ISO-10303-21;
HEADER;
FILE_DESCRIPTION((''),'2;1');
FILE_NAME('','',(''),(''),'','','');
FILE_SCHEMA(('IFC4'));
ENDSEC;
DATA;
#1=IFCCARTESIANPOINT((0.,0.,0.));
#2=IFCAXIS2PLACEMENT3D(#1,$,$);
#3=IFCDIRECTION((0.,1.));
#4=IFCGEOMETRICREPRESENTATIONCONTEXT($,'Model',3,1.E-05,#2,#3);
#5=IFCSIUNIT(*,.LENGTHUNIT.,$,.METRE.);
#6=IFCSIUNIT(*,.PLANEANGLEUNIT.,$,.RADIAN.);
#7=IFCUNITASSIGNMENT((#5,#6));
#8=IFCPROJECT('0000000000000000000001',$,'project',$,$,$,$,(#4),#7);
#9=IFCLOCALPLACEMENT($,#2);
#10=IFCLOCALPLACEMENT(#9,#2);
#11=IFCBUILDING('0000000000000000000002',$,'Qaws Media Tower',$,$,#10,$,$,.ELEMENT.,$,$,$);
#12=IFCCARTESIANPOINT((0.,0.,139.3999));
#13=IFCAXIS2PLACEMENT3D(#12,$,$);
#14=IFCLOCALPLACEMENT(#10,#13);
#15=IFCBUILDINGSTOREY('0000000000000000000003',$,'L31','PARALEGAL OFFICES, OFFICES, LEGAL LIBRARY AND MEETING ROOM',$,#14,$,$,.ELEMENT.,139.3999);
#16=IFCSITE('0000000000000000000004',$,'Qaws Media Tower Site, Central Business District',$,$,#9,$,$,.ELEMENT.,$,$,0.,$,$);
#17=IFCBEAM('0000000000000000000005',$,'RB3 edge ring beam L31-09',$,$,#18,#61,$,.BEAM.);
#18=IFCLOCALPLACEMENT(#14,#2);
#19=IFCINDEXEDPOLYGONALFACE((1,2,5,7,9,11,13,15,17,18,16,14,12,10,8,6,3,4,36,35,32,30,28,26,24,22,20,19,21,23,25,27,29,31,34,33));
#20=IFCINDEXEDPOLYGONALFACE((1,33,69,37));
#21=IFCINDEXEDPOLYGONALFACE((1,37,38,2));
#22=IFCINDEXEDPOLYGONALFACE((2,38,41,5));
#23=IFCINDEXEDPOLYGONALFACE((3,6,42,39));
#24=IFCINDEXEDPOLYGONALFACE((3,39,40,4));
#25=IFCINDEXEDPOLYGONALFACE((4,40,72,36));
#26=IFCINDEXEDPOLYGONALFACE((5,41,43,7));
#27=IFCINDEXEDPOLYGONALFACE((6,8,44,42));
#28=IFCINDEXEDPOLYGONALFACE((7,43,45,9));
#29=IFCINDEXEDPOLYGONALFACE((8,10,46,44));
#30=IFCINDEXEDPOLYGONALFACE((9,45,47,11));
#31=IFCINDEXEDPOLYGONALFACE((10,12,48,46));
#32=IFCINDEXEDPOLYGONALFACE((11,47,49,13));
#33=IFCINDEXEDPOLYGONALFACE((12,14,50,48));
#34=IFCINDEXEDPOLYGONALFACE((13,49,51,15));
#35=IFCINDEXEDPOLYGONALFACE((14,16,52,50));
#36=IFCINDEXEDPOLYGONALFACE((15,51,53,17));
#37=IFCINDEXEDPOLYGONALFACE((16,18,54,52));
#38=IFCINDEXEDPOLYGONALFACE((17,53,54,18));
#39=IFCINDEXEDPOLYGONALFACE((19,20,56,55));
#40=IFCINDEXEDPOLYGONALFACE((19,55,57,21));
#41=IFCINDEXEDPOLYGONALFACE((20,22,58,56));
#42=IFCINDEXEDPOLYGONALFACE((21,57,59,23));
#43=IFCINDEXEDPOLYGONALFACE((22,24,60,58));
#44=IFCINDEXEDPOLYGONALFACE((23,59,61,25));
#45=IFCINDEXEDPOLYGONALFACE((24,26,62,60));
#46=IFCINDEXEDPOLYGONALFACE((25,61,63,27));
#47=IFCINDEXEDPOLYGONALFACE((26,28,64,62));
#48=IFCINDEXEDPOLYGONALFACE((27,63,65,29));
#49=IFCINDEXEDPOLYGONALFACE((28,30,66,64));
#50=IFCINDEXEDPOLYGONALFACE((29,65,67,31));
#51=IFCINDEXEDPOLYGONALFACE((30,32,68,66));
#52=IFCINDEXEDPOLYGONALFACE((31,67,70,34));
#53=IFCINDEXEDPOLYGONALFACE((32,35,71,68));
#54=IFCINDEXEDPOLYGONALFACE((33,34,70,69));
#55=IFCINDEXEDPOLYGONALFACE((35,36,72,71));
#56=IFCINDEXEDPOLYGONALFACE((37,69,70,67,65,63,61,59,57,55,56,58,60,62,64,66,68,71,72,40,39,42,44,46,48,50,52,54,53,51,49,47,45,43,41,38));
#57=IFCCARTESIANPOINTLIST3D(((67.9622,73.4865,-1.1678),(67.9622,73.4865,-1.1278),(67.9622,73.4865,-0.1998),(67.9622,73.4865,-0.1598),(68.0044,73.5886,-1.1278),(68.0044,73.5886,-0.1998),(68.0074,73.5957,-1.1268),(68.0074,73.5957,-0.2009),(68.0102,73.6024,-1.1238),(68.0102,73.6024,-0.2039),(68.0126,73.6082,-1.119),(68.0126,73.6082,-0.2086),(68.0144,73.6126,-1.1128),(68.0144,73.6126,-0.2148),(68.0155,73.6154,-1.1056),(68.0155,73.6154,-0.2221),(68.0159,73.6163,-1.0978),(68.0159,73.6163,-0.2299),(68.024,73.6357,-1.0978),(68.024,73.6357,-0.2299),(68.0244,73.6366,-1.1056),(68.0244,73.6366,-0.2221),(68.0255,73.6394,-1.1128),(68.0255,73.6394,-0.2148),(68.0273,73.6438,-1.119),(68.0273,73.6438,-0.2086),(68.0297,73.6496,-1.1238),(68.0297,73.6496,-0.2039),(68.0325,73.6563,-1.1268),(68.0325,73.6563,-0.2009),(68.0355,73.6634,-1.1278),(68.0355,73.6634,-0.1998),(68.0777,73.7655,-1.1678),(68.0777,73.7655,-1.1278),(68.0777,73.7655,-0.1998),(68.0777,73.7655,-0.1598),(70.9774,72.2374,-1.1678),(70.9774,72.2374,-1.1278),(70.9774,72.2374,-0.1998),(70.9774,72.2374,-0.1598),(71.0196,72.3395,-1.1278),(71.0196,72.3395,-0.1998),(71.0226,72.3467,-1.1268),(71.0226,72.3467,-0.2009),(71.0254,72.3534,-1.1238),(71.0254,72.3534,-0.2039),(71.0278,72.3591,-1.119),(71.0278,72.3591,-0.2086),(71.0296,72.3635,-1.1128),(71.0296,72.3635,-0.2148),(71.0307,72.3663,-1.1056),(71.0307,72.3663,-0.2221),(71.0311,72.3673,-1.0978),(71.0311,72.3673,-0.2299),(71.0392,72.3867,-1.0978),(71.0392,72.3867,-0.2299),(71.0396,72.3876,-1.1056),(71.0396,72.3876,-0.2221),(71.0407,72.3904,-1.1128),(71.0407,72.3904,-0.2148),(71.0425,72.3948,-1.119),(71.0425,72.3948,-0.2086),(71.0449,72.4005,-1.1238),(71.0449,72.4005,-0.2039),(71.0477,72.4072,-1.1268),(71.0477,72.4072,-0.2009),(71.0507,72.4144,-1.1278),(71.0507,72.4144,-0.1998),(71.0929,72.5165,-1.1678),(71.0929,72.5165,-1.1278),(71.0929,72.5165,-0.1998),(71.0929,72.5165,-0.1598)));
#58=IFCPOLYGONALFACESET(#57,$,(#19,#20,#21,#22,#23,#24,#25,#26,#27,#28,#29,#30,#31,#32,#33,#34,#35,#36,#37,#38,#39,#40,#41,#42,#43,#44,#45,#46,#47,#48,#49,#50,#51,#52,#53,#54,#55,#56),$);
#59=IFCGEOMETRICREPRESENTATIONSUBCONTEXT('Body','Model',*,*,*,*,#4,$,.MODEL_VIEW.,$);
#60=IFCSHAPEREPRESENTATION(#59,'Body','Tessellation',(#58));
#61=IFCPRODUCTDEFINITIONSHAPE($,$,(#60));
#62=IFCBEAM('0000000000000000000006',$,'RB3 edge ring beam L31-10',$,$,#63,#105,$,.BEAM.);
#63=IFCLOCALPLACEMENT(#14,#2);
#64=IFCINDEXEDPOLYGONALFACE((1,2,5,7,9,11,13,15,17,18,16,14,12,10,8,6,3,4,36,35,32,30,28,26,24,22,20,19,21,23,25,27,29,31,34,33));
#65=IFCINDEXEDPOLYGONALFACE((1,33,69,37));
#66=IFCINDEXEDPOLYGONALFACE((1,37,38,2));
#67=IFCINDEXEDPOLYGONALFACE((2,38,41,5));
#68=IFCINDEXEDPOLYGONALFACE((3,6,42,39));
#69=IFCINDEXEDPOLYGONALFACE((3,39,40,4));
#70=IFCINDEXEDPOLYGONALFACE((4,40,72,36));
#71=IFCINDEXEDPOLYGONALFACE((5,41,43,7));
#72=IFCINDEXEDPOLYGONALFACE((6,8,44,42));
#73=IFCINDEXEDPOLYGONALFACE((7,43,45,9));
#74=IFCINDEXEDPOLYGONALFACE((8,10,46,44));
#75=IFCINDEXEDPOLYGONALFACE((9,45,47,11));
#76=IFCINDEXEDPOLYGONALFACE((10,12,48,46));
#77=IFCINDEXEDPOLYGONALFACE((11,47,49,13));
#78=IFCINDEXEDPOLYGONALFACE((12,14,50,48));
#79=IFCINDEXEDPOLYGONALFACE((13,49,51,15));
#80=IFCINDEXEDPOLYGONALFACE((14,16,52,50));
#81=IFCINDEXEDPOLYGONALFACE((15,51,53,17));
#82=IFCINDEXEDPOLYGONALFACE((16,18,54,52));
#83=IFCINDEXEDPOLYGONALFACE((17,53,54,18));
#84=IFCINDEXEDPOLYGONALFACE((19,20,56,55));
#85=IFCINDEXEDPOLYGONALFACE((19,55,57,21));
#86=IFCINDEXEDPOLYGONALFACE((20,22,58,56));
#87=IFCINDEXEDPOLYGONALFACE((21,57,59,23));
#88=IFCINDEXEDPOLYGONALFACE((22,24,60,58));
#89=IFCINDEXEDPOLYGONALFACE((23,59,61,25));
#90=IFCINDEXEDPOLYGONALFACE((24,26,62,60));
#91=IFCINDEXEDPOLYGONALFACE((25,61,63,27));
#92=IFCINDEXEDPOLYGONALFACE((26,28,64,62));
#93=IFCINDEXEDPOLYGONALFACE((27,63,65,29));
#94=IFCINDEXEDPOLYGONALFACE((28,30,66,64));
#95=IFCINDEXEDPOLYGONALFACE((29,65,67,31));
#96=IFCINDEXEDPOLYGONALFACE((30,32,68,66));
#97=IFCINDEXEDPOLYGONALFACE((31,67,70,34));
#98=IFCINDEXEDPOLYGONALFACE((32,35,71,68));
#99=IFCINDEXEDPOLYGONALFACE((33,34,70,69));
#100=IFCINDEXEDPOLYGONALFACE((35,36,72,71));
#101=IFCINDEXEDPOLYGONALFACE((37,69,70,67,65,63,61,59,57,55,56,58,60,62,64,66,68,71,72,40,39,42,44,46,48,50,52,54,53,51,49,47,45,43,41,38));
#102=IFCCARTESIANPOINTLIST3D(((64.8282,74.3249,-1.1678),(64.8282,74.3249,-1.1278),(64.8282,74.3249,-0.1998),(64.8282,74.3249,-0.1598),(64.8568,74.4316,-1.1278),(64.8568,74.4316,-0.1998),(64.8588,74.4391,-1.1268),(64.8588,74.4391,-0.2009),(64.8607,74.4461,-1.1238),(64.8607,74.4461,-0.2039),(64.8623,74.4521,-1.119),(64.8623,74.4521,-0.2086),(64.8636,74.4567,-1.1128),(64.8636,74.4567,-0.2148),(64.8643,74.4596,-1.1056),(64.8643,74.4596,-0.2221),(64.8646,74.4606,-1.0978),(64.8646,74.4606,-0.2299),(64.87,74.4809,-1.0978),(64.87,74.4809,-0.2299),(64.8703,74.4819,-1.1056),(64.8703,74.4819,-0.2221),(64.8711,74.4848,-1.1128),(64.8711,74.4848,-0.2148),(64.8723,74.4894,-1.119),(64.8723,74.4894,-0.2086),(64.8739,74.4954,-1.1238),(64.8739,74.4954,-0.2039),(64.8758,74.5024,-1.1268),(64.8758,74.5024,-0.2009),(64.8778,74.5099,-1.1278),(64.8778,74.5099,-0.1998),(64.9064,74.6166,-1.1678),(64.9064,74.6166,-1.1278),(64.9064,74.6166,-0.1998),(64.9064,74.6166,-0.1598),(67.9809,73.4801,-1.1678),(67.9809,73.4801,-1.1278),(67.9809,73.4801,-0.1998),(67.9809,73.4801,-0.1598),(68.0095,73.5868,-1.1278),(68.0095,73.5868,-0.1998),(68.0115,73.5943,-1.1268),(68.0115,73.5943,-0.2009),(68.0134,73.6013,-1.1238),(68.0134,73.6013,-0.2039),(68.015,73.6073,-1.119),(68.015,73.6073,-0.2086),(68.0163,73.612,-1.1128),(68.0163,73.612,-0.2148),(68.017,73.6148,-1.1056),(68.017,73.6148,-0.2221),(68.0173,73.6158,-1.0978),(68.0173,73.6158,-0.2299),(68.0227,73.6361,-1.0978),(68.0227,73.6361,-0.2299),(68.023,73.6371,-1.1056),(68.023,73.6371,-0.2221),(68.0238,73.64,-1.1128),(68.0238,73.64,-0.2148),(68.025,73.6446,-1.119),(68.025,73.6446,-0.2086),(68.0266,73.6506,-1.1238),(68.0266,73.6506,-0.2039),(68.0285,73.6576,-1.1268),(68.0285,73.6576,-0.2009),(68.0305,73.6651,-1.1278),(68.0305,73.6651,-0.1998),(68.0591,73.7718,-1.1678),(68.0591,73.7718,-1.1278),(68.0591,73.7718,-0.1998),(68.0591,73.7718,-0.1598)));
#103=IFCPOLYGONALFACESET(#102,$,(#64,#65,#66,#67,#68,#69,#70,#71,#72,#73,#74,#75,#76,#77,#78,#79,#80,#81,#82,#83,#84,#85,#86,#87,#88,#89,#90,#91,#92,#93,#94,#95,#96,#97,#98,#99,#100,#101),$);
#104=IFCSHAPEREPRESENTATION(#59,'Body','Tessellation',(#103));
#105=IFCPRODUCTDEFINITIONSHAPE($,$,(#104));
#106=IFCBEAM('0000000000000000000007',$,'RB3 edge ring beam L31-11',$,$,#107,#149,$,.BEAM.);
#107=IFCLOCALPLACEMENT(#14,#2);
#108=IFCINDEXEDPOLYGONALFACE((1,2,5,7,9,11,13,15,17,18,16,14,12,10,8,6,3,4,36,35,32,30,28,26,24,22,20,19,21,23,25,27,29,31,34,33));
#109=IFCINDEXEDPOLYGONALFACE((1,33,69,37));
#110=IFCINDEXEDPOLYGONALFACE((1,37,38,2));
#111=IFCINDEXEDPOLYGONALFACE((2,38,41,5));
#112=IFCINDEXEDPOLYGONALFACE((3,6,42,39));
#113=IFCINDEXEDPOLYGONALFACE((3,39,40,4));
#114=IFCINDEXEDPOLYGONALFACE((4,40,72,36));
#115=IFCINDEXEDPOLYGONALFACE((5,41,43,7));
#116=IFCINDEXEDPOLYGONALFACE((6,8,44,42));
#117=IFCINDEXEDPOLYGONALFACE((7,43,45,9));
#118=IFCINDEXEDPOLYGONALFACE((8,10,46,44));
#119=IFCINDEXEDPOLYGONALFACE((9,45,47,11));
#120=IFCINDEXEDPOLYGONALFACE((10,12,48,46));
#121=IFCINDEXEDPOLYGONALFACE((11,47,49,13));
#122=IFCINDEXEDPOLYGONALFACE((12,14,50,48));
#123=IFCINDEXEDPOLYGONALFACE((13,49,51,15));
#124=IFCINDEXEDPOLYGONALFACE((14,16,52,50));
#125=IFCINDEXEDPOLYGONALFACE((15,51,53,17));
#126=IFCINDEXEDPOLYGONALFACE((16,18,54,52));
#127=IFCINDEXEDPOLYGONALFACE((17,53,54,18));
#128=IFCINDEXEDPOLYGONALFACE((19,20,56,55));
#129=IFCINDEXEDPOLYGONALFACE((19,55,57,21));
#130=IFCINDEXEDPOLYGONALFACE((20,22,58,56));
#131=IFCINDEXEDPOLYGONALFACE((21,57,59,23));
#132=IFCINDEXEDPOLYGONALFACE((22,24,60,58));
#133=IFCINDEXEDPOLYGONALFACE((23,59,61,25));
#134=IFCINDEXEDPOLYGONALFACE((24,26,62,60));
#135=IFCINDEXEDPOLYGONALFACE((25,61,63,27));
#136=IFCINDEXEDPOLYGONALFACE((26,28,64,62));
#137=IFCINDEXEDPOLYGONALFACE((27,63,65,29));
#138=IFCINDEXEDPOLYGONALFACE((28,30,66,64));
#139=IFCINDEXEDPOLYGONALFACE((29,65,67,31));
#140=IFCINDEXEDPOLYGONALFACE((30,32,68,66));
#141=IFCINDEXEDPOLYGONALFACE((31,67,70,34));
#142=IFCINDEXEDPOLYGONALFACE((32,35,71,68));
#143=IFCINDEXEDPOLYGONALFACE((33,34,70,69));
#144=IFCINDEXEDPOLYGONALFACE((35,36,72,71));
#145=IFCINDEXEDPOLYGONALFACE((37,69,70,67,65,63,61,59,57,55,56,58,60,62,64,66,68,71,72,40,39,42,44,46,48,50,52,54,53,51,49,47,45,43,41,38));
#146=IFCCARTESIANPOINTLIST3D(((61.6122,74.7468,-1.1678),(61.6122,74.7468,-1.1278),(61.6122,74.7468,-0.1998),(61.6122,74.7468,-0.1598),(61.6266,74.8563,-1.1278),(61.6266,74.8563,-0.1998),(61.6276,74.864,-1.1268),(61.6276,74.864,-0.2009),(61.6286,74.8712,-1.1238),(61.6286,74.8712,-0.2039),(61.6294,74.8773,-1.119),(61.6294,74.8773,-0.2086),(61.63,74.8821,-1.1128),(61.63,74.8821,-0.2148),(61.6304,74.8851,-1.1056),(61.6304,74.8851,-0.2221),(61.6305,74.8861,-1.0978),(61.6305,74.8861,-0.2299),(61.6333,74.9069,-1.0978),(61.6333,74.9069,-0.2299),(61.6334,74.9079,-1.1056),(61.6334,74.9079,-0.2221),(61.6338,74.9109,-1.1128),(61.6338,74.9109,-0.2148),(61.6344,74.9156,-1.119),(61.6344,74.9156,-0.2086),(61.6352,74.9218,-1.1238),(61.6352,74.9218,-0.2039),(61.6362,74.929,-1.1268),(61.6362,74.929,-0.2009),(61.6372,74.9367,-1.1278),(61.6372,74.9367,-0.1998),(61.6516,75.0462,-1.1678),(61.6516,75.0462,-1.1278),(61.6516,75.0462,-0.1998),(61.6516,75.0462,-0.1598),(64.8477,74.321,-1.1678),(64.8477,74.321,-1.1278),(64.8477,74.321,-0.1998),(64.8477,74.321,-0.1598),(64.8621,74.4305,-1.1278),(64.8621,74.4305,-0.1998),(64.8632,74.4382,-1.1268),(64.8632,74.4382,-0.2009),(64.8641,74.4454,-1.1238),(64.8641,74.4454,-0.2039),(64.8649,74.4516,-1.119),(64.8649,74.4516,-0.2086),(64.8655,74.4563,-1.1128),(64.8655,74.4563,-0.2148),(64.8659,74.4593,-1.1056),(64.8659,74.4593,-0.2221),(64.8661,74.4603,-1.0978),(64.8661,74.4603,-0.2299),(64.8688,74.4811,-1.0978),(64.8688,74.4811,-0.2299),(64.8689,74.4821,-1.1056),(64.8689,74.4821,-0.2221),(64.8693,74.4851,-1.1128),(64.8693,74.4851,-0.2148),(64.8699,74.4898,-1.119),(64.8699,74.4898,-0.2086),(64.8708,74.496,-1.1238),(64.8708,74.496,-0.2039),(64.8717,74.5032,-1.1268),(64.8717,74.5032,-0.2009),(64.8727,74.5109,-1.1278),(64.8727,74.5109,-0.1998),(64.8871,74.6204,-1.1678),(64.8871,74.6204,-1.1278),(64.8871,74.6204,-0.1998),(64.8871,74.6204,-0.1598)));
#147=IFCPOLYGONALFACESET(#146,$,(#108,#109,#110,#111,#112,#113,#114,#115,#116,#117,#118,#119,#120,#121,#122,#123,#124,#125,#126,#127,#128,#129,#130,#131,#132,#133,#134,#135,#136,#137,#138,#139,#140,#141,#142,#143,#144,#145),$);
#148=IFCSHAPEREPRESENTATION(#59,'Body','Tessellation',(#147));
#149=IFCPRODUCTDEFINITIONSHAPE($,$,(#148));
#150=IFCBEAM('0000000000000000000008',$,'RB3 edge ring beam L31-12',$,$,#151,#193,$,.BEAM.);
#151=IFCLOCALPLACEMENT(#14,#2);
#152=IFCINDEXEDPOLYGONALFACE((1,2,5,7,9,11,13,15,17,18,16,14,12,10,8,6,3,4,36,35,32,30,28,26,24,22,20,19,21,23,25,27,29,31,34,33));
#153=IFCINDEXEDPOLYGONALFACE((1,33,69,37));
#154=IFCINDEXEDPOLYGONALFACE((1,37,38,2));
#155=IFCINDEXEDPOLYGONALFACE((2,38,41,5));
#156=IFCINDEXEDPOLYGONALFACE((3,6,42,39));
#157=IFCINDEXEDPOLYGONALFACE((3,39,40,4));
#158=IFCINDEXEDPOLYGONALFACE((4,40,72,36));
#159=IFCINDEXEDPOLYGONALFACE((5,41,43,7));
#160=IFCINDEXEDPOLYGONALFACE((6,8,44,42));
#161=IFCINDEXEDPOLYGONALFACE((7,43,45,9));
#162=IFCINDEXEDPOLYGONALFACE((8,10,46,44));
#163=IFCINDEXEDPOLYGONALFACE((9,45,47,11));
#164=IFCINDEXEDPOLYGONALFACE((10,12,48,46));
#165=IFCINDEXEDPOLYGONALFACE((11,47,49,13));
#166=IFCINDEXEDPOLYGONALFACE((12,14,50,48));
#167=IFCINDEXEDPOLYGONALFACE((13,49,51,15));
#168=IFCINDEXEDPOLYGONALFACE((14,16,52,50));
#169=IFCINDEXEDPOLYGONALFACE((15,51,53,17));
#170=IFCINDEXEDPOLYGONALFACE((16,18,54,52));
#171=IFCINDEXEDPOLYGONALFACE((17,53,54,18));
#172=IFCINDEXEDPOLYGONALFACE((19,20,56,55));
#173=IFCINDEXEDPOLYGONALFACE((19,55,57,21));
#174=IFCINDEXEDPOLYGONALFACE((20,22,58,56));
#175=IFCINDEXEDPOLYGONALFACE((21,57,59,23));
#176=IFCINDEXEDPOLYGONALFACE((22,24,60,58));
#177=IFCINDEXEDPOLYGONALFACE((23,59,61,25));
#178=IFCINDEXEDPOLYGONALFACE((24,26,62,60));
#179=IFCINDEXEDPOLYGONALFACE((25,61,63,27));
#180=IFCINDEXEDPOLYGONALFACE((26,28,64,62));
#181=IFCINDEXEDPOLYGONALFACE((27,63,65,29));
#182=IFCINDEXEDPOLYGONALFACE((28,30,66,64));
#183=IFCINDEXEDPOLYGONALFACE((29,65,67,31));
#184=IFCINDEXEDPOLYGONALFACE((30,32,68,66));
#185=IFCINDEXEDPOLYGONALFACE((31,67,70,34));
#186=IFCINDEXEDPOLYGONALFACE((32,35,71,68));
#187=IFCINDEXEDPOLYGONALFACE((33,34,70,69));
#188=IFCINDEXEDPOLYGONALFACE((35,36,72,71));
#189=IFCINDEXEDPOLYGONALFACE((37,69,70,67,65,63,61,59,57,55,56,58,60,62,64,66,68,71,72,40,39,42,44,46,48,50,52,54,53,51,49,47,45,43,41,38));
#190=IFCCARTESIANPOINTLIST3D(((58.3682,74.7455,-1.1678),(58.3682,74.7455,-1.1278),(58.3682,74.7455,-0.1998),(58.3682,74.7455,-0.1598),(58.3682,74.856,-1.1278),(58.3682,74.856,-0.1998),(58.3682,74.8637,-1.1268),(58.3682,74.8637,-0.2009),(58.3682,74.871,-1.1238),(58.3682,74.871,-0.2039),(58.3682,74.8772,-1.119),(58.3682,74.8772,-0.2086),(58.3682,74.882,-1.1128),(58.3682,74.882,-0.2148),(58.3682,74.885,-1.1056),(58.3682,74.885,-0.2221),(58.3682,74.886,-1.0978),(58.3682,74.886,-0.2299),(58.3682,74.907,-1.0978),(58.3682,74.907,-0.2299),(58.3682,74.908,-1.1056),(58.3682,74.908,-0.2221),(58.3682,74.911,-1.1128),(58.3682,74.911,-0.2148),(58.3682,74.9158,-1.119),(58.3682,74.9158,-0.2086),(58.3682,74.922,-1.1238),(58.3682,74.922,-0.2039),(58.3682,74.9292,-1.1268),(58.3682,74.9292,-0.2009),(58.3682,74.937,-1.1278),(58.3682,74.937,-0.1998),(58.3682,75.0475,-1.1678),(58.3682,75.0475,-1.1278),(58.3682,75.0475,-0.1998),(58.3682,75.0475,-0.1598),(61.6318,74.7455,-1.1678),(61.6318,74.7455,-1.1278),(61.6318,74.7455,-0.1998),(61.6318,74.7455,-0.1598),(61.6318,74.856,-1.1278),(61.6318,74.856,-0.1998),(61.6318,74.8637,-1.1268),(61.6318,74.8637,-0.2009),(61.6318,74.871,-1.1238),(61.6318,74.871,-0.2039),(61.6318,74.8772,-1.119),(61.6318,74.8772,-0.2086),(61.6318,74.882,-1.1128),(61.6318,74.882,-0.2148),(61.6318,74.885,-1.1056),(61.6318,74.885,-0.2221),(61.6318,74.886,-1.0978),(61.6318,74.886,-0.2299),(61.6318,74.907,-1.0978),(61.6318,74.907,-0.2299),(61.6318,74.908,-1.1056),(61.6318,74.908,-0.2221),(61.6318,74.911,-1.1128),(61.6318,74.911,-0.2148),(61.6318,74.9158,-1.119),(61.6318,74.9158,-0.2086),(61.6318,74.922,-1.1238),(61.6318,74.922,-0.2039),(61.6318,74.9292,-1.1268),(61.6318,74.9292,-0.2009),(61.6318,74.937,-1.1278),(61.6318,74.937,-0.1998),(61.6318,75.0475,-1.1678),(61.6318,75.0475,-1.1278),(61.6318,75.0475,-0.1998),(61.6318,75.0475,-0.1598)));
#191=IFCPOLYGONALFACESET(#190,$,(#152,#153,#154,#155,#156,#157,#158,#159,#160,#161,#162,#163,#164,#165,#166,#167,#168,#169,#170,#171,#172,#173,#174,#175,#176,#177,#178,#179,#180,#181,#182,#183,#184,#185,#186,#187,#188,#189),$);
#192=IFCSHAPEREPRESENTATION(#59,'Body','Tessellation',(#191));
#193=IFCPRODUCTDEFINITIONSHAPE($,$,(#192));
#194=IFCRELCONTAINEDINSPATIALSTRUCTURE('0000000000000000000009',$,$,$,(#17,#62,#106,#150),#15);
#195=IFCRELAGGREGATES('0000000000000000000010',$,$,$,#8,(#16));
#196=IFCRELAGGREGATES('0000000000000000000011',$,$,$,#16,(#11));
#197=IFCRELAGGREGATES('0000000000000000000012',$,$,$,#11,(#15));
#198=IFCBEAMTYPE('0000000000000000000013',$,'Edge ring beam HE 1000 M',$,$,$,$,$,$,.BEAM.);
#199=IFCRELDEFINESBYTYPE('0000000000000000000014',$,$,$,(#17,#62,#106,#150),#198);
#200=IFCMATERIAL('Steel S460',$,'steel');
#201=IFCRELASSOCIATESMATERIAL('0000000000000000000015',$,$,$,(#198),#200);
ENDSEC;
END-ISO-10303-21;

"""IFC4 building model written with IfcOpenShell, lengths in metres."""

from ifc_helpers import new_model, si_unit, direction, frame, origin, origin_2d, place, context, subcontext, project, spatial, i_section, extrude, material, material_profile, profile_set, type_object, element, save


model = new_model("IFC4")

# Units and contexts
model_context = context("Model", 3, precision=1e-05, world=origin(), true_north=direction((0.0, 1.0)))
body_context = subcontext(model_context, "Body", "Model", "MODEL_VIEW")
ifc_project = project(units=[si_unit("LENGTHUNIT", "METRE"), si_unit("PLANEANGLEUNIT", "RADIAN")], contexts=[model_context])

# Site, building, storey
site_placement = place(None, origin())
site = spatial("IfcSite", under=ifc_project, at=site_placement, Name="Qaws Media Tower Site, Central Business District", CompositionType="ELEMENT", RefElevation=0.0)
building_placement = place(site_placement, origin())
building = spatial("IfcBuilding", under=site, at=building_placement, Name="Qaws Media Tower", CompositionType="ELEMENT")
storey_placement = place(building_placement, frame((0.0, 0.0, 139.3999)))
storey = spatial("IfcBuildingStorey", under=building, at=storey_placement, Name="L31", Description="PARALEGAL OFFICES, OFFICES, LEGAL LIBRARY AND MEETING ROOM", CompositionType="ELEMENT", Elevation=139.3999)

# Beams
ifc_material_1 = material(Name="Steel S460", Category="steel")
ifc_material_profile_1 = material_profile(ifc_material_1, i_section(OverallWidth=0.302, OverallDepth=1.0081, WebThickness=0.021, FlangeThickness=0.04, FilletRadius=0.03, at=origin_2d()), Name="HE 1000 M")
ifc_profile_set_1 = profile_set([ifc_material_profile_1], Name="Steel S460")
beam_type_1 = type_object("IfcBeamType", Name="Edge ring beam HE 1000 M", PredefinedType="BEAM", material=ifc_profile_set_1)
beam_1_placement = place(storey_placement, frame((71.0352, 72.377, -0.6638), z_axis=(-0.923867, 0.382713, 0.0), x_axis=(-0.382713, -0.923867, 0.0)))
element("IfcBeam", 1, at=beam_1_placement, inside=storey, type_object=beam_type_1, Name="RB3 edge ring beam L31-09", PredefinedType="BEAM", context=body_context, shape_type="SweptSolid", body=[
    extrude(i_section(OverallWidth=0.302, OverallDepth=1.0081, WebThickness=0.021, FlangeThickness=0.04, FilletRadius=0.03, at=origin_2d()), origin(), (0.0, 0.0, 1.0), 3.2637),
])
beam_2_placement = place(storey_placement, frame((68.02, 73.626, -0.6638), z_axis=(-0.965926, 0.258817, 0.0), x_axis=(-0.258817, -0.965926, 0.0)))
element("IfcBeam", 2, at=beam_2_placement, inside=storey, type_object=beam_type_1, Name="RB3 edge ring beam L31-10", PredefinedType="BEAM", context=body_context, shape_type="SweptSolid", body=[
    extrude(i_section(OverallWidth=0.302, OverallDepth=1.0081, WebThickness=0.021, FlangeThickness=0.04, FilletRadius=0.03, at=origin_2d()), origin(), (0.0, 0.0, 1.0), 3.2639),
])
beam_3_placement = place(storey_placement, frame((64.8674, 74.4707, -0.6638), z_axis=(-0.991453, 0.130468, 0.0), x_axis=(-0.130468, -0.991453, 0.0)))
element("IfcBeam", 3, at=beam_3_placement, inside=storey, type_object=beam_type_1, Name="RB3 edge ring beam L31-11", PredefinedType="BEAM", context=body_context, shape_type="SweptSolid", body=[
    extrude(i_section(OverallWidth=0.302, OverallDepth=1.0081, WebThickness=0.021, FlangeThickness=0.04, FilletRadius=0.03, at=origin_2d()), origin(), (0.0, 0.0, 1.0), 3.2634),
])
beam_4_placement = place(storey_placement, frame((61.6318, 74.8965, -0.6638), z_axis=(-1.0, 0.0, 0.0), x_axis=(0.0, -1.0, 0.0)))
element("IfcBeam", 4, at=beam_4_placement, inside=storey, type_object=beam_type_1, Name="RB3 edge ring beam L31-12", PredefinedType="BEAM", context=body_context, shape_type="SweptSolid", body=[
    extrude(i_section(OverallWidth=0.302, OverallDepth=1.0081, WebThickness=0.021, FlangeThickness=0.04, FilletRadius=0.03, at=origin_2d()), origin(), (0.0, 0.0, 1.0), 3.2637),
])

save(model, "model.ifc")
